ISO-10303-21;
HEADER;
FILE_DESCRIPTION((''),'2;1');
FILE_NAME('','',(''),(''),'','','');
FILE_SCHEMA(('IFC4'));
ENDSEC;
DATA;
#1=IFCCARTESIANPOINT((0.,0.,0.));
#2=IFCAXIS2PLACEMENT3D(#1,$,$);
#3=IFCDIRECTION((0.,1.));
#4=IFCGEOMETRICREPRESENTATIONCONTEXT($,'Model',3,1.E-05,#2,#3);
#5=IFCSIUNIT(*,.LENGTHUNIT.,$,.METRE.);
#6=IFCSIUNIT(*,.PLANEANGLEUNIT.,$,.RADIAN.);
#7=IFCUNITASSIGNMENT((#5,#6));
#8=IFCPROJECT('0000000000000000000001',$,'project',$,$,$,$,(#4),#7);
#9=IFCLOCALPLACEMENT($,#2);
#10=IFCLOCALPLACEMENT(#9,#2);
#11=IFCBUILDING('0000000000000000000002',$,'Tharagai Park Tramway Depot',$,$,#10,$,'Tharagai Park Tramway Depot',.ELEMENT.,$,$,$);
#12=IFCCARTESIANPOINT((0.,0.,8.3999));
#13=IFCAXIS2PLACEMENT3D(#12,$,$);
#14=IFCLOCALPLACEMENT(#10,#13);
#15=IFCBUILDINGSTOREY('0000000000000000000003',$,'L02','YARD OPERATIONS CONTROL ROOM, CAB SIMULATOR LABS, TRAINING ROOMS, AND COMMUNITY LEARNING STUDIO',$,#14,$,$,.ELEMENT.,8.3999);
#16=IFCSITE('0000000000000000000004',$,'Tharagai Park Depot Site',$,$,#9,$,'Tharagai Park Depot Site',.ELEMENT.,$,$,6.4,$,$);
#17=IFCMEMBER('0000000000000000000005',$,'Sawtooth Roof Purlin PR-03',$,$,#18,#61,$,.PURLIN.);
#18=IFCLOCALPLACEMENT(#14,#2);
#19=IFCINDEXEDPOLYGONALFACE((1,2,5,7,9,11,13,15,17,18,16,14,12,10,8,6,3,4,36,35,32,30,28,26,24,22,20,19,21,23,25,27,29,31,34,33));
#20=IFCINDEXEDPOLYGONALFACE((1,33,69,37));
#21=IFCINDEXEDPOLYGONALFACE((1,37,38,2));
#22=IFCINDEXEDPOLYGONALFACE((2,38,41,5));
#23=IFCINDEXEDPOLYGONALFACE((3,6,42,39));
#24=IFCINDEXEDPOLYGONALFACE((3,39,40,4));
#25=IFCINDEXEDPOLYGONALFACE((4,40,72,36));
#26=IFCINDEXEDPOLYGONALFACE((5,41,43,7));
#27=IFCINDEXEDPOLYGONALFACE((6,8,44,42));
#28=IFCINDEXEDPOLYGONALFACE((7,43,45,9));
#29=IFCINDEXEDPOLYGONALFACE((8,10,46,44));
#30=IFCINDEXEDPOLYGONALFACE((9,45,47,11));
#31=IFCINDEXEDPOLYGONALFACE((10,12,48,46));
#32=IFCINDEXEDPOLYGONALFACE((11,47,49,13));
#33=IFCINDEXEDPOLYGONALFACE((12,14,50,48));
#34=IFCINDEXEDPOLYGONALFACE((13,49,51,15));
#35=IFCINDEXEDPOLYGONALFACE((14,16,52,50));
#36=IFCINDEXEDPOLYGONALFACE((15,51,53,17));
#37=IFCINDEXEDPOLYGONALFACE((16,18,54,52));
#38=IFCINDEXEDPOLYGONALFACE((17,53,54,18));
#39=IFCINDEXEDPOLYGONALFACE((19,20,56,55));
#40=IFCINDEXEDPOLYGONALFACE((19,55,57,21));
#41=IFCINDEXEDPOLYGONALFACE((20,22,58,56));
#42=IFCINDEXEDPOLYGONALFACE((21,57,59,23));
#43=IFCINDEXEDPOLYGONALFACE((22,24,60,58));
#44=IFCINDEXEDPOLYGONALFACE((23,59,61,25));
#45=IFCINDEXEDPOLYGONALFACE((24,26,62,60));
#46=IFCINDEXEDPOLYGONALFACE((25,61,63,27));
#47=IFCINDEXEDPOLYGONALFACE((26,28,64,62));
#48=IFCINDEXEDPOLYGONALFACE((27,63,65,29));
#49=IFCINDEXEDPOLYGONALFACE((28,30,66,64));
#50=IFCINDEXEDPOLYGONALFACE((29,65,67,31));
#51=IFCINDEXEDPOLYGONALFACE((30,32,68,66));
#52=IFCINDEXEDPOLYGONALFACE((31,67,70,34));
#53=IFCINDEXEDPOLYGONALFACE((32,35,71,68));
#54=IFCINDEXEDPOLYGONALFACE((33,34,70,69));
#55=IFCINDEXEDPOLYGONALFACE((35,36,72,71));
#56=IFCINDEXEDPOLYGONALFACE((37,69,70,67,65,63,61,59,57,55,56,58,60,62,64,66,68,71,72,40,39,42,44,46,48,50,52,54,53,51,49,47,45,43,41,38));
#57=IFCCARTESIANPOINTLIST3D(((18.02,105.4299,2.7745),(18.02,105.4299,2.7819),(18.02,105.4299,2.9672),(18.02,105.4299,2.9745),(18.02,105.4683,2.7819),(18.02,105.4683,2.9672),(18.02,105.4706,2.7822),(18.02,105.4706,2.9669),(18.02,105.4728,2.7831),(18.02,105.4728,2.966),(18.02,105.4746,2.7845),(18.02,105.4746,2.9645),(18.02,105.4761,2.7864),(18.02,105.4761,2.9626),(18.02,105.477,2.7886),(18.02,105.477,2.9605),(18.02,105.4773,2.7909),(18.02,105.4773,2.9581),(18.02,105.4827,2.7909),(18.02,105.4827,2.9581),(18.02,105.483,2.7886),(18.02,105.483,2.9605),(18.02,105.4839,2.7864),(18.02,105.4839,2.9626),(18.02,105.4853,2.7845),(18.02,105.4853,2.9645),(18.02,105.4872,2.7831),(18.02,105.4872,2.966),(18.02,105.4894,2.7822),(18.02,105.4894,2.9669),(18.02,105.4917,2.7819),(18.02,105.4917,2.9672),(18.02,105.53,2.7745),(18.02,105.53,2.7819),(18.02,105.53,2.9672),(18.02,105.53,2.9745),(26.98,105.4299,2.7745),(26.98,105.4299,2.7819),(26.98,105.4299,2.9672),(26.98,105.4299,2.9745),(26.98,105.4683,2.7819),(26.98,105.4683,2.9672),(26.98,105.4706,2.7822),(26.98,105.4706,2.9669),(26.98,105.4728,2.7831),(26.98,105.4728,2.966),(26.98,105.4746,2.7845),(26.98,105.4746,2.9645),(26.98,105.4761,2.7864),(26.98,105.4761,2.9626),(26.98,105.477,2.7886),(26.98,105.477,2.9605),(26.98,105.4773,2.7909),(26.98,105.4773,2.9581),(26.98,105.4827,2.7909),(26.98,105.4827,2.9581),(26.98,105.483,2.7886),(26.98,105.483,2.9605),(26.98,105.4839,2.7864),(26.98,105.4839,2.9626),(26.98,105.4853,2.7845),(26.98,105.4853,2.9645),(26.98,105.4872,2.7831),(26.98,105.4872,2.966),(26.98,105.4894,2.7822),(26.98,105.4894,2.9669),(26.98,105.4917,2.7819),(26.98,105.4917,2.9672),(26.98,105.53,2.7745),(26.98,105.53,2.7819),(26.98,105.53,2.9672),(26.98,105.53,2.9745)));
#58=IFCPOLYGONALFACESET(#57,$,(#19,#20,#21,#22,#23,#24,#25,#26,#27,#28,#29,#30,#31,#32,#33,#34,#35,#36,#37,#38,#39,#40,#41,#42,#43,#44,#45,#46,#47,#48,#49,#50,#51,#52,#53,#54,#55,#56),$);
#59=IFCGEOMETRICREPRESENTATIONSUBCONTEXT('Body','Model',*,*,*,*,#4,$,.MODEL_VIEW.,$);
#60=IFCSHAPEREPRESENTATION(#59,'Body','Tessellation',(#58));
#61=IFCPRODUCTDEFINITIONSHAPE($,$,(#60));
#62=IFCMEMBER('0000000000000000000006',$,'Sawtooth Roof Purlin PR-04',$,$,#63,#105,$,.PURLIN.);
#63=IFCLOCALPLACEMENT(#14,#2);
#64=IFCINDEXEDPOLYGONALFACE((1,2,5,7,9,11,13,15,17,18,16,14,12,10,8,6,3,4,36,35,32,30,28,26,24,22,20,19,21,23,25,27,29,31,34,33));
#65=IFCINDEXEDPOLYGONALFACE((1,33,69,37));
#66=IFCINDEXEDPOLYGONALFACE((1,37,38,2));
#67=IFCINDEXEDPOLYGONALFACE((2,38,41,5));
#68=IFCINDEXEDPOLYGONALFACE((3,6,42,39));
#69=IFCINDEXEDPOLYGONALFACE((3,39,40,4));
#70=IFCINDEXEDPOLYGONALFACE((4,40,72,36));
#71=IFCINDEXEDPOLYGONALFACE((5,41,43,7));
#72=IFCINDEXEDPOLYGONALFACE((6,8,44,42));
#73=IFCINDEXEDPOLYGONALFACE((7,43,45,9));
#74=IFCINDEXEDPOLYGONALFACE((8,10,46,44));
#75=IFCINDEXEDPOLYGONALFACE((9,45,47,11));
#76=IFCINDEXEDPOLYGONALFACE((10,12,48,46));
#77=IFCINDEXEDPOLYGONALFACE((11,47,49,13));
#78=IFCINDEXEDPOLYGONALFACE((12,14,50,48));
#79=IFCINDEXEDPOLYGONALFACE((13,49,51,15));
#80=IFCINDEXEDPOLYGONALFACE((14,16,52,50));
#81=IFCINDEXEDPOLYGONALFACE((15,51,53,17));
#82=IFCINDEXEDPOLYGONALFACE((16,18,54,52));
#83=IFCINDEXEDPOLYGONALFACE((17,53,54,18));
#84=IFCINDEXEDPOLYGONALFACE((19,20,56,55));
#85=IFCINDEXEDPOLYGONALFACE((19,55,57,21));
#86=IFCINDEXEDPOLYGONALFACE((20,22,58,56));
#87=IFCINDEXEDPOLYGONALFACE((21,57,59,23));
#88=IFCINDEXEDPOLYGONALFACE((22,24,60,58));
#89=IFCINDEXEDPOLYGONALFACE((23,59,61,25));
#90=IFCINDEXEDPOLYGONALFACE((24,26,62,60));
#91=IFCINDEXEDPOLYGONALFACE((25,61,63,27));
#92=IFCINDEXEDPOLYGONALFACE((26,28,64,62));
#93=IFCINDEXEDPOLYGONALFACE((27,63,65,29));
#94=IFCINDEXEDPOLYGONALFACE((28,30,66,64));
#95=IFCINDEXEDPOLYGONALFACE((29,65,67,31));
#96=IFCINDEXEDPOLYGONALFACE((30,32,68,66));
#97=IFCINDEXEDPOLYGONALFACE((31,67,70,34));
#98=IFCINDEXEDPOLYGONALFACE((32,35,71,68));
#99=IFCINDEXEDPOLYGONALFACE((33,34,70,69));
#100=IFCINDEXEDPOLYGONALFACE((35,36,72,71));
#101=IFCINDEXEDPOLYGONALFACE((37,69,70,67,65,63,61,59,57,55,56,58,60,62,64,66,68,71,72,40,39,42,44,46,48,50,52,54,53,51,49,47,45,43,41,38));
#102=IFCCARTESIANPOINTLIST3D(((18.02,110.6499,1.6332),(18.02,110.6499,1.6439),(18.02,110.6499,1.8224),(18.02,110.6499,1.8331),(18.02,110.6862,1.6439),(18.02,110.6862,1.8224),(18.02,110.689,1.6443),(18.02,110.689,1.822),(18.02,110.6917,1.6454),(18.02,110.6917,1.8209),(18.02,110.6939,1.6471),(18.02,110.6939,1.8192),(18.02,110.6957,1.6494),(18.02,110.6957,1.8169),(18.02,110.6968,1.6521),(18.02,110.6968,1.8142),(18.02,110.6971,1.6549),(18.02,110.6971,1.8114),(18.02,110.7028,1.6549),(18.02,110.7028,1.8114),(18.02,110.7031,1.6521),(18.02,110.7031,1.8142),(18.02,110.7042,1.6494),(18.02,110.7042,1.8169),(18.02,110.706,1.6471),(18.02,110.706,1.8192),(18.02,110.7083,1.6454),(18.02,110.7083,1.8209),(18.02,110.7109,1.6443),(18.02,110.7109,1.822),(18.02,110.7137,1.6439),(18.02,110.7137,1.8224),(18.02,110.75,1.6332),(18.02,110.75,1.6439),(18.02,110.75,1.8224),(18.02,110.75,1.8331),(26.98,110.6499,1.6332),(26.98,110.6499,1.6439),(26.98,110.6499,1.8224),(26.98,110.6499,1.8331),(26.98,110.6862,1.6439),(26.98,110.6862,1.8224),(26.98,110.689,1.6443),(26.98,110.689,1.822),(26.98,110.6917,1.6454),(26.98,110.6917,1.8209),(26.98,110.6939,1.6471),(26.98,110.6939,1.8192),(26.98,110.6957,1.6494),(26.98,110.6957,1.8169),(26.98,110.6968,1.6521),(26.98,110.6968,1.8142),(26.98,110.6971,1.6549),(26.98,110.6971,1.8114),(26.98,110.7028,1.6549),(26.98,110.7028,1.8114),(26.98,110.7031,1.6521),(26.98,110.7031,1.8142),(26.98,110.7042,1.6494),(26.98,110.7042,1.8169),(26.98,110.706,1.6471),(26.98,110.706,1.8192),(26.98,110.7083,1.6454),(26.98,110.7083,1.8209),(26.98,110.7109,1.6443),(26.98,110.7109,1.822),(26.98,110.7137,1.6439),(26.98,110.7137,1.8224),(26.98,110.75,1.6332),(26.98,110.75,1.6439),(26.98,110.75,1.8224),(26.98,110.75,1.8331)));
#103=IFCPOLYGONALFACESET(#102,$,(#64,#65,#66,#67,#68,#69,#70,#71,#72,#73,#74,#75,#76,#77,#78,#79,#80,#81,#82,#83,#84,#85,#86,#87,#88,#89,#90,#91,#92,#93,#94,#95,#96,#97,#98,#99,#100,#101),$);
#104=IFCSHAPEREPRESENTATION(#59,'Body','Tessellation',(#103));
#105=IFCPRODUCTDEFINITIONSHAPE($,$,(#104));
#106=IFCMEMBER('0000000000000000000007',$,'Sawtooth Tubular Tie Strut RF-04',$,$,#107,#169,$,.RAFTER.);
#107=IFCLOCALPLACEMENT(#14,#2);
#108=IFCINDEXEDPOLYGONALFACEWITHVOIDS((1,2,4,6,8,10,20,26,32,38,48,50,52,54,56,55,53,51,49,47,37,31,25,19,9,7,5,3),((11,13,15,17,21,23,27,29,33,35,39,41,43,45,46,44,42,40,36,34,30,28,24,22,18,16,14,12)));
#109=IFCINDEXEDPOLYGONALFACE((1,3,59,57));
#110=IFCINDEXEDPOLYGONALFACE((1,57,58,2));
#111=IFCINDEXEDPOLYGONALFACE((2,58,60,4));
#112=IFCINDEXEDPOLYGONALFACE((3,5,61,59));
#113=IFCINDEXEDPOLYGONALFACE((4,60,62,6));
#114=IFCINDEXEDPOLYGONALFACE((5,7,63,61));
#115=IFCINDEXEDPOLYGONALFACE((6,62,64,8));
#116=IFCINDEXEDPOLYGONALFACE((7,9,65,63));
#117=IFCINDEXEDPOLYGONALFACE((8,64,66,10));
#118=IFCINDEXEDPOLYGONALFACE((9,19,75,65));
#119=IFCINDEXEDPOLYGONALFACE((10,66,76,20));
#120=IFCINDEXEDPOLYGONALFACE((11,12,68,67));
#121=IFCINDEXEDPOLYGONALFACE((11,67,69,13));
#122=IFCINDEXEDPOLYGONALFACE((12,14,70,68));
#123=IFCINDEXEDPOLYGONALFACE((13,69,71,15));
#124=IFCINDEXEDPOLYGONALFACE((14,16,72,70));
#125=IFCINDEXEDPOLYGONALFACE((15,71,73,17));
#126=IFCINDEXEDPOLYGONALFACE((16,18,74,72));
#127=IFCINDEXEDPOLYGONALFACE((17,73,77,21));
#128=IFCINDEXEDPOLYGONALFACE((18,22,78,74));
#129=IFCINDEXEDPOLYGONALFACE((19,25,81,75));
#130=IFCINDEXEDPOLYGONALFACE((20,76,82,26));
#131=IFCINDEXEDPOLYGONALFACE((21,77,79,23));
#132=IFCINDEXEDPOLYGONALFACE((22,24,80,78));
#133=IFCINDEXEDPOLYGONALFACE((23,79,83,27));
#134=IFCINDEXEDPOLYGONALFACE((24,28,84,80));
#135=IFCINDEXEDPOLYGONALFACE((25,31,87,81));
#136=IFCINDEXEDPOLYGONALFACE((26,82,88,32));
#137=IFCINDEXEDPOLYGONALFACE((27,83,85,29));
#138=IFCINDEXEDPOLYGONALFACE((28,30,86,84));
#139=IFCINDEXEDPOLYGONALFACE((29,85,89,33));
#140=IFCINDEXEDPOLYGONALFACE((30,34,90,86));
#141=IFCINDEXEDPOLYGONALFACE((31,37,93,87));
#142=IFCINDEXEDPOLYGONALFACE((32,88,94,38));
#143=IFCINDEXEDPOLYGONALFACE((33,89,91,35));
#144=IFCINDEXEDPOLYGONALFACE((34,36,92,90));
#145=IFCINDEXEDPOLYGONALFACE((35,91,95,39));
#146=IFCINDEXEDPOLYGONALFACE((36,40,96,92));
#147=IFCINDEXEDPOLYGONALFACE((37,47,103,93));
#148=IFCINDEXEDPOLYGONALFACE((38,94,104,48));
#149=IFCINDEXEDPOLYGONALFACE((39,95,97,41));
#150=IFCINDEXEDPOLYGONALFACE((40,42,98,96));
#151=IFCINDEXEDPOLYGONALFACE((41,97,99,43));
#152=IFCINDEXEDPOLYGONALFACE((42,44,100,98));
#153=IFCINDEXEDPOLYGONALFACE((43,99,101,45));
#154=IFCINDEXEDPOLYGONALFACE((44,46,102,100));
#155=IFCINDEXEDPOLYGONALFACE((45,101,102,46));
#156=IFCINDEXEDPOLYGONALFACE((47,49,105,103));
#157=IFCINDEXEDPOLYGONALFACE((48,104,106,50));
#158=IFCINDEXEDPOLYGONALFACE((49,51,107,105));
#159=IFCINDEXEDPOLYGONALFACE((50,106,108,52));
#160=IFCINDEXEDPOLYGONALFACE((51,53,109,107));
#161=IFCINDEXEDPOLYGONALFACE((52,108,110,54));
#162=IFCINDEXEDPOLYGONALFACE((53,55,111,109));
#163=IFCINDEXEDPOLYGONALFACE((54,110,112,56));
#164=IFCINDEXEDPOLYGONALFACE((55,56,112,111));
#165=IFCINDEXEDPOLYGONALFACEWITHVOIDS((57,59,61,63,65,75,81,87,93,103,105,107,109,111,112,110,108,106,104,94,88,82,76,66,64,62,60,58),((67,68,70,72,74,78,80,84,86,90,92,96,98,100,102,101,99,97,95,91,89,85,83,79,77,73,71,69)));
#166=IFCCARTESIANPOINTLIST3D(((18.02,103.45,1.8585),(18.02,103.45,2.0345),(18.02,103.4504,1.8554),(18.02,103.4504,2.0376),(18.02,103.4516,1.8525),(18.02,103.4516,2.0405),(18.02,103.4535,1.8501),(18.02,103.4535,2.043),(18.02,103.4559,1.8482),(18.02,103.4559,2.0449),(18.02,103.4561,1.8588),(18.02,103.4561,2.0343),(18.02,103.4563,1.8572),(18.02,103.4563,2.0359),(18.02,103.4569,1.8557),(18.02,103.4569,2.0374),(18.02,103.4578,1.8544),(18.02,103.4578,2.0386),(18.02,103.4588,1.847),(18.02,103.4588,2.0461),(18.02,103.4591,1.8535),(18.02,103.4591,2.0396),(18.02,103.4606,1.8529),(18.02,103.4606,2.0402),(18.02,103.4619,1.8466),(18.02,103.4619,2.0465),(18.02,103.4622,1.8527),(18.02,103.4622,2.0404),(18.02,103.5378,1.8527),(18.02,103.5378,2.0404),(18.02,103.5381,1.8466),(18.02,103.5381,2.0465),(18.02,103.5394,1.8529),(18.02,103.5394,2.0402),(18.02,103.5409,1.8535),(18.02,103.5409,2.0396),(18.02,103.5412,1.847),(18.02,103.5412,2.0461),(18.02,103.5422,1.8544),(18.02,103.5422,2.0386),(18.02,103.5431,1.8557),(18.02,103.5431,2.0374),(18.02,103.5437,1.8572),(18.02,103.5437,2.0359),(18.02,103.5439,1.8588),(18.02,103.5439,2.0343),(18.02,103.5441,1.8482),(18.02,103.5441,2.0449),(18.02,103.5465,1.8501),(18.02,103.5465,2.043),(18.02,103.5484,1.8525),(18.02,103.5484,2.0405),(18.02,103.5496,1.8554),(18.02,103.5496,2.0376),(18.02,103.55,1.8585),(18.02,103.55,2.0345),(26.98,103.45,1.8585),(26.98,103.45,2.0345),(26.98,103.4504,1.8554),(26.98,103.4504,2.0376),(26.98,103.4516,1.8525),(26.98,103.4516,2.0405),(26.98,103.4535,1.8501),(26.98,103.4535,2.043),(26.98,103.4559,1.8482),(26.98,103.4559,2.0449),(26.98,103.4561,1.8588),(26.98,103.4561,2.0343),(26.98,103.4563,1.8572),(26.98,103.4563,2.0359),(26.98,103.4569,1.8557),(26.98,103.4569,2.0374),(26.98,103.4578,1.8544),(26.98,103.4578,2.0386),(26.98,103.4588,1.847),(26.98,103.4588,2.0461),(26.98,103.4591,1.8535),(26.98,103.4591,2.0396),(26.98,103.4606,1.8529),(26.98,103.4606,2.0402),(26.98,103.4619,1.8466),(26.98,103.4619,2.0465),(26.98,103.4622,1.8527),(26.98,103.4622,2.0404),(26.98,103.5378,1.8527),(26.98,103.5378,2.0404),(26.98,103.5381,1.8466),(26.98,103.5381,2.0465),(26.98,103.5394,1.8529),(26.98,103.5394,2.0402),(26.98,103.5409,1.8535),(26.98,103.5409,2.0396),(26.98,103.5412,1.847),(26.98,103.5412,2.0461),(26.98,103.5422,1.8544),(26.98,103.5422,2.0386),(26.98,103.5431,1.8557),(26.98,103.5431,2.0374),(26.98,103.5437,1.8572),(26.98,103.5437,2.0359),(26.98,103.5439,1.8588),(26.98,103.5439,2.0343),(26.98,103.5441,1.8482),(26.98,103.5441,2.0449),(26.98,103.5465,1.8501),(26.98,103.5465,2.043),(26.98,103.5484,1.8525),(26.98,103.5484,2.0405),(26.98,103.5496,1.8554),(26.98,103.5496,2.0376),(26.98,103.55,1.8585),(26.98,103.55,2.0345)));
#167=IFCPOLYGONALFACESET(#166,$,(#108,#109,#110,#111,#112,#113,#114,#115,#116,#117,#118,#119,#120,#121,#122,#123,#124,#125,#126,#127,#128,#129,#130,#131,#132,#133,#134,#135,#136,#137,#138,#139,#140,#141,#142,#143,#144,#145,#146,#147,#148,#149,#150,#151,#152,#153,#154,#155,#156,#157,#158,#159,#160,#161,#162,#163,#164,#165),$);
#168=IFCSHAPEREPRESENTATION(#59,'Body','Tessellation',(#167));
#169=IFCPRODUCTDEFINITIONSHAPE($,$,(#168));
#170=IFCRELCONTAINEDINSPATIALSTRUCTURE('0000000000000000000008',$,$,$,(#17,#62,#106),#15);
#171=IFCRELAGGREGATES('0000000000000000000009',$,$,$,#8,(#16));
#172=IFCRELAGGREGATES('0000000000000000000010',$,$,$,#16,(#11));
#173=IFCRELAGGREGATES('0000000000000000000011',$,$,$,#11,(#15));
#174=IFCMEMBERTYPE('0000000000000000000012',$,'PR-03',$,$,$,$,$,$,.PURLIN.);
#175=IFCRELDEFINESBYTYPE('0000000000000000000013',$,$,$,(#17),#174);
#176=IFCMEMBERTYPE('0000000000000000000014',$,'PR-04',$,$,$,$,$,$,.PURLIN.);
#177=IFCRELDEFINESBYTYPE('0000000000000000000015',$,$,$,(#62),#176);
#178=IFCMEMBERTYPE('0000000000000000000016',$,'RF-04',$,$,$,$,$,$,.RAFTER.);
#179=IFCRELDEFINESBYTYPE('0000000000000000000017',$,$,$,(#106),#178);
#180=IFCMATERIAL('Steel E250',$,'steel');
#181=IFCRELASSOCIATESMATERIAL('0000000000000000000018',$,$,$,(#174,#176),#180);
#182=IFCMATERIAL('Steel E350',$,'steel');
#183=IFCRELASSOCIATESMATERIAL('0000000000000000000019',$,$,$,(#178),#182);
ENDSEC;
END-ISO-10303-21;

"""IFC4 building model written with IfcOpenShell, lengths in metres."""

from ifc_helpers import new_model, si_unit, direction, frame, origin, origin_2d, place, context, subcontext, project, spatial, hollow_rectangle, i_section, extrude, material, material_profile, profile_set, type_object, element, save


model = new_model("IFC4")

# Units and contexts
model_context = context("Model", 3, precision=1e-05, world=origin(), true_north=direction((0.0, 1.0)))
body_context = subcontext(model_context, "Body", "Model", "MODEL_VIEW")
ifc_project = project(units=[si_unit("LENGTHUNIT", "METRE"), si_unit("PLANEANGLEUNIT", "RADIAN")], contexts=[model_context])

# Site, building, storey
site_placement = place(None, origin())
site = spatial("IfcSite", under=ifc_project, at=site_placement, Name="Tharagai Park Depot Site", LongName="Tharagai Park Depot Site", CompositionType="ELEMENT", RefElevation=6.4)
building_placement = place(site_placement, origin())
building = spatial("IfcBuilding", under=site, at=building_placement, Name="Tharagai Park Tramway Depot", LongName="Tharagai Park Tramway Depot", CompositionType="ELEMENT")
storey_placement = place(building_placement, frame((0.0, 0.0, 8.3999)))
storey = spatial("IfcBuildingStorey", under=building, at=storey_placement, Name="L02", Description="YARD OPERATIONS CONTROL ROOM, CAB SIMULATOR LABS, TRAINING ROOMS, AND COMMUNITY LEARNING STUDIO", CompositionType="ELEMENT", Elevation=8.3999)

# Shared definitions
ifc_material_1 = material(Name="Steel E350", Category="steel")
ifc_material_2 = material(Name="Steel E250", Category="steel")

# Members
ifc_material_profile_1 = material_profile(ifc_material_2, i_section(OverallWidth=0.1001, OverallDepth=0.2, WebThickness=0.0054, FlangeThickness=0.0073, FilletRadius=0.009, at=origin_2d()), Name="ISLB 200")
ifc_profile_set_1 = profile_set([ifc_material_profile_1], Name="Steel E250")
member_type_1 = type_object("IfcMemberType", Name="PR-03", PredefinedType="PURLIN", material=ifc_profile_set_1)
for number, where, z_axis, x_axis, name in (
    (1, (18.02, 105.48, 2.8745), (1.0, 0.0, 0.0), (0.0, 1.0, 0.0), "Sawtooth Roof Purlin PR-03"),
):
    element("IfcMember", number, at=place(storey_placement, frame(where, z_axis=z_axis, x_axis=x_axis)), inside=storey, type_object=member_type_1, Name=name, PredefinedType="PURLIN", context=body_context, shape_type="SweptSolid", body=[
        extrude(i_section(OverallWidth=0.1001, OverallDepth=0.2, WebThickness=0.0054, FlangeThickness=0.0073, FilletRadius=0.009, at=origin_2d()), origin(), (0.0, 0.0, 1.0), 8.96),
    ])
ifc_material_profile_2 = material_profile(ifc_material_2, i_section(OverallWidth=0.1001, OverallDepth=0.2, WebThickness=0.0056, FlangeThickness=0.0107, FilletRadius=0.011, at=origin_2d()), Name="ISMB 200")
ifc_profile_set_2 = profile_set([ifc_material_profile_2], Name="Steel E250")
member_type_2 = type_object("IfcMemberType", Name="PR-04", PredefinedType="PURLIN", material=ifc_profile_set_2)
member_1_placement = place(storey_placement, frame((18.02, 110.7, 1.7332), z_axis=(1.0, 0.0, 0.0), x_axis=(0.0, 1.0, 0.0)))
element("IfcMember", 2, at=member_1_placement, inside=storey, type_object=member_type_2, Name="Sawtooth Roof Purlin PR-04", PredefinedType="PURLIN", context=body_context, shape_type="SweptSolid", body=[
    extrude(i_section(OverallWidth=0.1001, OverallDepth=0.2, WebThickness=0.0056, FlangeThickness=0.0107, FilletRadius=0.011, at=origin_2d()), origin(), (0.0, 0.0, 1.0), 8.96),
])
ifc_material_profile_3 = material_profile(ifc_material_1, hollow_rectangle(XDim=0.1001, YDim=0.2, WallThickness=0.0061, InnerFilletRadius=0.0061, OuterFilletRadius=0.012, at=origin_2d()), Name="RHS 200x100x6")
ifc_profile_set_3 = profile_set([ifc_material_profile_3], Name="Steel E350")
member_type_3 = type_object("IfcMemberType", Name="RF-04", PredefinedType="RAFTER", material=ifc_profile_set_3)
member_2_placement = place(storey_placement, frame((18.02, 103.5, 1.9465), z_axis=(1.0, 0.0, 0.0), x_axis=(0.0, 1.0, 0.0)))
element("IfcMember", 3, at=member_2_placement, inside=storey, type_object=member_type_3, Name="Sawtooth Tubular Tie Strut RF-04", PredefinedType="RAFTER", context=body_context, shape_type="SweptSolid", body=[
    extrude(hollow_rectangle(XDim=0.1001, YDim=0.2, WallThickness=0.0061, InnerFilletRadius=0.0061, OuterFilletRadius=0.012, at=origin_2d()), origin(), (0.0, 0.0, 1.0), 8.96),
])

save(model, "model.ifc")
